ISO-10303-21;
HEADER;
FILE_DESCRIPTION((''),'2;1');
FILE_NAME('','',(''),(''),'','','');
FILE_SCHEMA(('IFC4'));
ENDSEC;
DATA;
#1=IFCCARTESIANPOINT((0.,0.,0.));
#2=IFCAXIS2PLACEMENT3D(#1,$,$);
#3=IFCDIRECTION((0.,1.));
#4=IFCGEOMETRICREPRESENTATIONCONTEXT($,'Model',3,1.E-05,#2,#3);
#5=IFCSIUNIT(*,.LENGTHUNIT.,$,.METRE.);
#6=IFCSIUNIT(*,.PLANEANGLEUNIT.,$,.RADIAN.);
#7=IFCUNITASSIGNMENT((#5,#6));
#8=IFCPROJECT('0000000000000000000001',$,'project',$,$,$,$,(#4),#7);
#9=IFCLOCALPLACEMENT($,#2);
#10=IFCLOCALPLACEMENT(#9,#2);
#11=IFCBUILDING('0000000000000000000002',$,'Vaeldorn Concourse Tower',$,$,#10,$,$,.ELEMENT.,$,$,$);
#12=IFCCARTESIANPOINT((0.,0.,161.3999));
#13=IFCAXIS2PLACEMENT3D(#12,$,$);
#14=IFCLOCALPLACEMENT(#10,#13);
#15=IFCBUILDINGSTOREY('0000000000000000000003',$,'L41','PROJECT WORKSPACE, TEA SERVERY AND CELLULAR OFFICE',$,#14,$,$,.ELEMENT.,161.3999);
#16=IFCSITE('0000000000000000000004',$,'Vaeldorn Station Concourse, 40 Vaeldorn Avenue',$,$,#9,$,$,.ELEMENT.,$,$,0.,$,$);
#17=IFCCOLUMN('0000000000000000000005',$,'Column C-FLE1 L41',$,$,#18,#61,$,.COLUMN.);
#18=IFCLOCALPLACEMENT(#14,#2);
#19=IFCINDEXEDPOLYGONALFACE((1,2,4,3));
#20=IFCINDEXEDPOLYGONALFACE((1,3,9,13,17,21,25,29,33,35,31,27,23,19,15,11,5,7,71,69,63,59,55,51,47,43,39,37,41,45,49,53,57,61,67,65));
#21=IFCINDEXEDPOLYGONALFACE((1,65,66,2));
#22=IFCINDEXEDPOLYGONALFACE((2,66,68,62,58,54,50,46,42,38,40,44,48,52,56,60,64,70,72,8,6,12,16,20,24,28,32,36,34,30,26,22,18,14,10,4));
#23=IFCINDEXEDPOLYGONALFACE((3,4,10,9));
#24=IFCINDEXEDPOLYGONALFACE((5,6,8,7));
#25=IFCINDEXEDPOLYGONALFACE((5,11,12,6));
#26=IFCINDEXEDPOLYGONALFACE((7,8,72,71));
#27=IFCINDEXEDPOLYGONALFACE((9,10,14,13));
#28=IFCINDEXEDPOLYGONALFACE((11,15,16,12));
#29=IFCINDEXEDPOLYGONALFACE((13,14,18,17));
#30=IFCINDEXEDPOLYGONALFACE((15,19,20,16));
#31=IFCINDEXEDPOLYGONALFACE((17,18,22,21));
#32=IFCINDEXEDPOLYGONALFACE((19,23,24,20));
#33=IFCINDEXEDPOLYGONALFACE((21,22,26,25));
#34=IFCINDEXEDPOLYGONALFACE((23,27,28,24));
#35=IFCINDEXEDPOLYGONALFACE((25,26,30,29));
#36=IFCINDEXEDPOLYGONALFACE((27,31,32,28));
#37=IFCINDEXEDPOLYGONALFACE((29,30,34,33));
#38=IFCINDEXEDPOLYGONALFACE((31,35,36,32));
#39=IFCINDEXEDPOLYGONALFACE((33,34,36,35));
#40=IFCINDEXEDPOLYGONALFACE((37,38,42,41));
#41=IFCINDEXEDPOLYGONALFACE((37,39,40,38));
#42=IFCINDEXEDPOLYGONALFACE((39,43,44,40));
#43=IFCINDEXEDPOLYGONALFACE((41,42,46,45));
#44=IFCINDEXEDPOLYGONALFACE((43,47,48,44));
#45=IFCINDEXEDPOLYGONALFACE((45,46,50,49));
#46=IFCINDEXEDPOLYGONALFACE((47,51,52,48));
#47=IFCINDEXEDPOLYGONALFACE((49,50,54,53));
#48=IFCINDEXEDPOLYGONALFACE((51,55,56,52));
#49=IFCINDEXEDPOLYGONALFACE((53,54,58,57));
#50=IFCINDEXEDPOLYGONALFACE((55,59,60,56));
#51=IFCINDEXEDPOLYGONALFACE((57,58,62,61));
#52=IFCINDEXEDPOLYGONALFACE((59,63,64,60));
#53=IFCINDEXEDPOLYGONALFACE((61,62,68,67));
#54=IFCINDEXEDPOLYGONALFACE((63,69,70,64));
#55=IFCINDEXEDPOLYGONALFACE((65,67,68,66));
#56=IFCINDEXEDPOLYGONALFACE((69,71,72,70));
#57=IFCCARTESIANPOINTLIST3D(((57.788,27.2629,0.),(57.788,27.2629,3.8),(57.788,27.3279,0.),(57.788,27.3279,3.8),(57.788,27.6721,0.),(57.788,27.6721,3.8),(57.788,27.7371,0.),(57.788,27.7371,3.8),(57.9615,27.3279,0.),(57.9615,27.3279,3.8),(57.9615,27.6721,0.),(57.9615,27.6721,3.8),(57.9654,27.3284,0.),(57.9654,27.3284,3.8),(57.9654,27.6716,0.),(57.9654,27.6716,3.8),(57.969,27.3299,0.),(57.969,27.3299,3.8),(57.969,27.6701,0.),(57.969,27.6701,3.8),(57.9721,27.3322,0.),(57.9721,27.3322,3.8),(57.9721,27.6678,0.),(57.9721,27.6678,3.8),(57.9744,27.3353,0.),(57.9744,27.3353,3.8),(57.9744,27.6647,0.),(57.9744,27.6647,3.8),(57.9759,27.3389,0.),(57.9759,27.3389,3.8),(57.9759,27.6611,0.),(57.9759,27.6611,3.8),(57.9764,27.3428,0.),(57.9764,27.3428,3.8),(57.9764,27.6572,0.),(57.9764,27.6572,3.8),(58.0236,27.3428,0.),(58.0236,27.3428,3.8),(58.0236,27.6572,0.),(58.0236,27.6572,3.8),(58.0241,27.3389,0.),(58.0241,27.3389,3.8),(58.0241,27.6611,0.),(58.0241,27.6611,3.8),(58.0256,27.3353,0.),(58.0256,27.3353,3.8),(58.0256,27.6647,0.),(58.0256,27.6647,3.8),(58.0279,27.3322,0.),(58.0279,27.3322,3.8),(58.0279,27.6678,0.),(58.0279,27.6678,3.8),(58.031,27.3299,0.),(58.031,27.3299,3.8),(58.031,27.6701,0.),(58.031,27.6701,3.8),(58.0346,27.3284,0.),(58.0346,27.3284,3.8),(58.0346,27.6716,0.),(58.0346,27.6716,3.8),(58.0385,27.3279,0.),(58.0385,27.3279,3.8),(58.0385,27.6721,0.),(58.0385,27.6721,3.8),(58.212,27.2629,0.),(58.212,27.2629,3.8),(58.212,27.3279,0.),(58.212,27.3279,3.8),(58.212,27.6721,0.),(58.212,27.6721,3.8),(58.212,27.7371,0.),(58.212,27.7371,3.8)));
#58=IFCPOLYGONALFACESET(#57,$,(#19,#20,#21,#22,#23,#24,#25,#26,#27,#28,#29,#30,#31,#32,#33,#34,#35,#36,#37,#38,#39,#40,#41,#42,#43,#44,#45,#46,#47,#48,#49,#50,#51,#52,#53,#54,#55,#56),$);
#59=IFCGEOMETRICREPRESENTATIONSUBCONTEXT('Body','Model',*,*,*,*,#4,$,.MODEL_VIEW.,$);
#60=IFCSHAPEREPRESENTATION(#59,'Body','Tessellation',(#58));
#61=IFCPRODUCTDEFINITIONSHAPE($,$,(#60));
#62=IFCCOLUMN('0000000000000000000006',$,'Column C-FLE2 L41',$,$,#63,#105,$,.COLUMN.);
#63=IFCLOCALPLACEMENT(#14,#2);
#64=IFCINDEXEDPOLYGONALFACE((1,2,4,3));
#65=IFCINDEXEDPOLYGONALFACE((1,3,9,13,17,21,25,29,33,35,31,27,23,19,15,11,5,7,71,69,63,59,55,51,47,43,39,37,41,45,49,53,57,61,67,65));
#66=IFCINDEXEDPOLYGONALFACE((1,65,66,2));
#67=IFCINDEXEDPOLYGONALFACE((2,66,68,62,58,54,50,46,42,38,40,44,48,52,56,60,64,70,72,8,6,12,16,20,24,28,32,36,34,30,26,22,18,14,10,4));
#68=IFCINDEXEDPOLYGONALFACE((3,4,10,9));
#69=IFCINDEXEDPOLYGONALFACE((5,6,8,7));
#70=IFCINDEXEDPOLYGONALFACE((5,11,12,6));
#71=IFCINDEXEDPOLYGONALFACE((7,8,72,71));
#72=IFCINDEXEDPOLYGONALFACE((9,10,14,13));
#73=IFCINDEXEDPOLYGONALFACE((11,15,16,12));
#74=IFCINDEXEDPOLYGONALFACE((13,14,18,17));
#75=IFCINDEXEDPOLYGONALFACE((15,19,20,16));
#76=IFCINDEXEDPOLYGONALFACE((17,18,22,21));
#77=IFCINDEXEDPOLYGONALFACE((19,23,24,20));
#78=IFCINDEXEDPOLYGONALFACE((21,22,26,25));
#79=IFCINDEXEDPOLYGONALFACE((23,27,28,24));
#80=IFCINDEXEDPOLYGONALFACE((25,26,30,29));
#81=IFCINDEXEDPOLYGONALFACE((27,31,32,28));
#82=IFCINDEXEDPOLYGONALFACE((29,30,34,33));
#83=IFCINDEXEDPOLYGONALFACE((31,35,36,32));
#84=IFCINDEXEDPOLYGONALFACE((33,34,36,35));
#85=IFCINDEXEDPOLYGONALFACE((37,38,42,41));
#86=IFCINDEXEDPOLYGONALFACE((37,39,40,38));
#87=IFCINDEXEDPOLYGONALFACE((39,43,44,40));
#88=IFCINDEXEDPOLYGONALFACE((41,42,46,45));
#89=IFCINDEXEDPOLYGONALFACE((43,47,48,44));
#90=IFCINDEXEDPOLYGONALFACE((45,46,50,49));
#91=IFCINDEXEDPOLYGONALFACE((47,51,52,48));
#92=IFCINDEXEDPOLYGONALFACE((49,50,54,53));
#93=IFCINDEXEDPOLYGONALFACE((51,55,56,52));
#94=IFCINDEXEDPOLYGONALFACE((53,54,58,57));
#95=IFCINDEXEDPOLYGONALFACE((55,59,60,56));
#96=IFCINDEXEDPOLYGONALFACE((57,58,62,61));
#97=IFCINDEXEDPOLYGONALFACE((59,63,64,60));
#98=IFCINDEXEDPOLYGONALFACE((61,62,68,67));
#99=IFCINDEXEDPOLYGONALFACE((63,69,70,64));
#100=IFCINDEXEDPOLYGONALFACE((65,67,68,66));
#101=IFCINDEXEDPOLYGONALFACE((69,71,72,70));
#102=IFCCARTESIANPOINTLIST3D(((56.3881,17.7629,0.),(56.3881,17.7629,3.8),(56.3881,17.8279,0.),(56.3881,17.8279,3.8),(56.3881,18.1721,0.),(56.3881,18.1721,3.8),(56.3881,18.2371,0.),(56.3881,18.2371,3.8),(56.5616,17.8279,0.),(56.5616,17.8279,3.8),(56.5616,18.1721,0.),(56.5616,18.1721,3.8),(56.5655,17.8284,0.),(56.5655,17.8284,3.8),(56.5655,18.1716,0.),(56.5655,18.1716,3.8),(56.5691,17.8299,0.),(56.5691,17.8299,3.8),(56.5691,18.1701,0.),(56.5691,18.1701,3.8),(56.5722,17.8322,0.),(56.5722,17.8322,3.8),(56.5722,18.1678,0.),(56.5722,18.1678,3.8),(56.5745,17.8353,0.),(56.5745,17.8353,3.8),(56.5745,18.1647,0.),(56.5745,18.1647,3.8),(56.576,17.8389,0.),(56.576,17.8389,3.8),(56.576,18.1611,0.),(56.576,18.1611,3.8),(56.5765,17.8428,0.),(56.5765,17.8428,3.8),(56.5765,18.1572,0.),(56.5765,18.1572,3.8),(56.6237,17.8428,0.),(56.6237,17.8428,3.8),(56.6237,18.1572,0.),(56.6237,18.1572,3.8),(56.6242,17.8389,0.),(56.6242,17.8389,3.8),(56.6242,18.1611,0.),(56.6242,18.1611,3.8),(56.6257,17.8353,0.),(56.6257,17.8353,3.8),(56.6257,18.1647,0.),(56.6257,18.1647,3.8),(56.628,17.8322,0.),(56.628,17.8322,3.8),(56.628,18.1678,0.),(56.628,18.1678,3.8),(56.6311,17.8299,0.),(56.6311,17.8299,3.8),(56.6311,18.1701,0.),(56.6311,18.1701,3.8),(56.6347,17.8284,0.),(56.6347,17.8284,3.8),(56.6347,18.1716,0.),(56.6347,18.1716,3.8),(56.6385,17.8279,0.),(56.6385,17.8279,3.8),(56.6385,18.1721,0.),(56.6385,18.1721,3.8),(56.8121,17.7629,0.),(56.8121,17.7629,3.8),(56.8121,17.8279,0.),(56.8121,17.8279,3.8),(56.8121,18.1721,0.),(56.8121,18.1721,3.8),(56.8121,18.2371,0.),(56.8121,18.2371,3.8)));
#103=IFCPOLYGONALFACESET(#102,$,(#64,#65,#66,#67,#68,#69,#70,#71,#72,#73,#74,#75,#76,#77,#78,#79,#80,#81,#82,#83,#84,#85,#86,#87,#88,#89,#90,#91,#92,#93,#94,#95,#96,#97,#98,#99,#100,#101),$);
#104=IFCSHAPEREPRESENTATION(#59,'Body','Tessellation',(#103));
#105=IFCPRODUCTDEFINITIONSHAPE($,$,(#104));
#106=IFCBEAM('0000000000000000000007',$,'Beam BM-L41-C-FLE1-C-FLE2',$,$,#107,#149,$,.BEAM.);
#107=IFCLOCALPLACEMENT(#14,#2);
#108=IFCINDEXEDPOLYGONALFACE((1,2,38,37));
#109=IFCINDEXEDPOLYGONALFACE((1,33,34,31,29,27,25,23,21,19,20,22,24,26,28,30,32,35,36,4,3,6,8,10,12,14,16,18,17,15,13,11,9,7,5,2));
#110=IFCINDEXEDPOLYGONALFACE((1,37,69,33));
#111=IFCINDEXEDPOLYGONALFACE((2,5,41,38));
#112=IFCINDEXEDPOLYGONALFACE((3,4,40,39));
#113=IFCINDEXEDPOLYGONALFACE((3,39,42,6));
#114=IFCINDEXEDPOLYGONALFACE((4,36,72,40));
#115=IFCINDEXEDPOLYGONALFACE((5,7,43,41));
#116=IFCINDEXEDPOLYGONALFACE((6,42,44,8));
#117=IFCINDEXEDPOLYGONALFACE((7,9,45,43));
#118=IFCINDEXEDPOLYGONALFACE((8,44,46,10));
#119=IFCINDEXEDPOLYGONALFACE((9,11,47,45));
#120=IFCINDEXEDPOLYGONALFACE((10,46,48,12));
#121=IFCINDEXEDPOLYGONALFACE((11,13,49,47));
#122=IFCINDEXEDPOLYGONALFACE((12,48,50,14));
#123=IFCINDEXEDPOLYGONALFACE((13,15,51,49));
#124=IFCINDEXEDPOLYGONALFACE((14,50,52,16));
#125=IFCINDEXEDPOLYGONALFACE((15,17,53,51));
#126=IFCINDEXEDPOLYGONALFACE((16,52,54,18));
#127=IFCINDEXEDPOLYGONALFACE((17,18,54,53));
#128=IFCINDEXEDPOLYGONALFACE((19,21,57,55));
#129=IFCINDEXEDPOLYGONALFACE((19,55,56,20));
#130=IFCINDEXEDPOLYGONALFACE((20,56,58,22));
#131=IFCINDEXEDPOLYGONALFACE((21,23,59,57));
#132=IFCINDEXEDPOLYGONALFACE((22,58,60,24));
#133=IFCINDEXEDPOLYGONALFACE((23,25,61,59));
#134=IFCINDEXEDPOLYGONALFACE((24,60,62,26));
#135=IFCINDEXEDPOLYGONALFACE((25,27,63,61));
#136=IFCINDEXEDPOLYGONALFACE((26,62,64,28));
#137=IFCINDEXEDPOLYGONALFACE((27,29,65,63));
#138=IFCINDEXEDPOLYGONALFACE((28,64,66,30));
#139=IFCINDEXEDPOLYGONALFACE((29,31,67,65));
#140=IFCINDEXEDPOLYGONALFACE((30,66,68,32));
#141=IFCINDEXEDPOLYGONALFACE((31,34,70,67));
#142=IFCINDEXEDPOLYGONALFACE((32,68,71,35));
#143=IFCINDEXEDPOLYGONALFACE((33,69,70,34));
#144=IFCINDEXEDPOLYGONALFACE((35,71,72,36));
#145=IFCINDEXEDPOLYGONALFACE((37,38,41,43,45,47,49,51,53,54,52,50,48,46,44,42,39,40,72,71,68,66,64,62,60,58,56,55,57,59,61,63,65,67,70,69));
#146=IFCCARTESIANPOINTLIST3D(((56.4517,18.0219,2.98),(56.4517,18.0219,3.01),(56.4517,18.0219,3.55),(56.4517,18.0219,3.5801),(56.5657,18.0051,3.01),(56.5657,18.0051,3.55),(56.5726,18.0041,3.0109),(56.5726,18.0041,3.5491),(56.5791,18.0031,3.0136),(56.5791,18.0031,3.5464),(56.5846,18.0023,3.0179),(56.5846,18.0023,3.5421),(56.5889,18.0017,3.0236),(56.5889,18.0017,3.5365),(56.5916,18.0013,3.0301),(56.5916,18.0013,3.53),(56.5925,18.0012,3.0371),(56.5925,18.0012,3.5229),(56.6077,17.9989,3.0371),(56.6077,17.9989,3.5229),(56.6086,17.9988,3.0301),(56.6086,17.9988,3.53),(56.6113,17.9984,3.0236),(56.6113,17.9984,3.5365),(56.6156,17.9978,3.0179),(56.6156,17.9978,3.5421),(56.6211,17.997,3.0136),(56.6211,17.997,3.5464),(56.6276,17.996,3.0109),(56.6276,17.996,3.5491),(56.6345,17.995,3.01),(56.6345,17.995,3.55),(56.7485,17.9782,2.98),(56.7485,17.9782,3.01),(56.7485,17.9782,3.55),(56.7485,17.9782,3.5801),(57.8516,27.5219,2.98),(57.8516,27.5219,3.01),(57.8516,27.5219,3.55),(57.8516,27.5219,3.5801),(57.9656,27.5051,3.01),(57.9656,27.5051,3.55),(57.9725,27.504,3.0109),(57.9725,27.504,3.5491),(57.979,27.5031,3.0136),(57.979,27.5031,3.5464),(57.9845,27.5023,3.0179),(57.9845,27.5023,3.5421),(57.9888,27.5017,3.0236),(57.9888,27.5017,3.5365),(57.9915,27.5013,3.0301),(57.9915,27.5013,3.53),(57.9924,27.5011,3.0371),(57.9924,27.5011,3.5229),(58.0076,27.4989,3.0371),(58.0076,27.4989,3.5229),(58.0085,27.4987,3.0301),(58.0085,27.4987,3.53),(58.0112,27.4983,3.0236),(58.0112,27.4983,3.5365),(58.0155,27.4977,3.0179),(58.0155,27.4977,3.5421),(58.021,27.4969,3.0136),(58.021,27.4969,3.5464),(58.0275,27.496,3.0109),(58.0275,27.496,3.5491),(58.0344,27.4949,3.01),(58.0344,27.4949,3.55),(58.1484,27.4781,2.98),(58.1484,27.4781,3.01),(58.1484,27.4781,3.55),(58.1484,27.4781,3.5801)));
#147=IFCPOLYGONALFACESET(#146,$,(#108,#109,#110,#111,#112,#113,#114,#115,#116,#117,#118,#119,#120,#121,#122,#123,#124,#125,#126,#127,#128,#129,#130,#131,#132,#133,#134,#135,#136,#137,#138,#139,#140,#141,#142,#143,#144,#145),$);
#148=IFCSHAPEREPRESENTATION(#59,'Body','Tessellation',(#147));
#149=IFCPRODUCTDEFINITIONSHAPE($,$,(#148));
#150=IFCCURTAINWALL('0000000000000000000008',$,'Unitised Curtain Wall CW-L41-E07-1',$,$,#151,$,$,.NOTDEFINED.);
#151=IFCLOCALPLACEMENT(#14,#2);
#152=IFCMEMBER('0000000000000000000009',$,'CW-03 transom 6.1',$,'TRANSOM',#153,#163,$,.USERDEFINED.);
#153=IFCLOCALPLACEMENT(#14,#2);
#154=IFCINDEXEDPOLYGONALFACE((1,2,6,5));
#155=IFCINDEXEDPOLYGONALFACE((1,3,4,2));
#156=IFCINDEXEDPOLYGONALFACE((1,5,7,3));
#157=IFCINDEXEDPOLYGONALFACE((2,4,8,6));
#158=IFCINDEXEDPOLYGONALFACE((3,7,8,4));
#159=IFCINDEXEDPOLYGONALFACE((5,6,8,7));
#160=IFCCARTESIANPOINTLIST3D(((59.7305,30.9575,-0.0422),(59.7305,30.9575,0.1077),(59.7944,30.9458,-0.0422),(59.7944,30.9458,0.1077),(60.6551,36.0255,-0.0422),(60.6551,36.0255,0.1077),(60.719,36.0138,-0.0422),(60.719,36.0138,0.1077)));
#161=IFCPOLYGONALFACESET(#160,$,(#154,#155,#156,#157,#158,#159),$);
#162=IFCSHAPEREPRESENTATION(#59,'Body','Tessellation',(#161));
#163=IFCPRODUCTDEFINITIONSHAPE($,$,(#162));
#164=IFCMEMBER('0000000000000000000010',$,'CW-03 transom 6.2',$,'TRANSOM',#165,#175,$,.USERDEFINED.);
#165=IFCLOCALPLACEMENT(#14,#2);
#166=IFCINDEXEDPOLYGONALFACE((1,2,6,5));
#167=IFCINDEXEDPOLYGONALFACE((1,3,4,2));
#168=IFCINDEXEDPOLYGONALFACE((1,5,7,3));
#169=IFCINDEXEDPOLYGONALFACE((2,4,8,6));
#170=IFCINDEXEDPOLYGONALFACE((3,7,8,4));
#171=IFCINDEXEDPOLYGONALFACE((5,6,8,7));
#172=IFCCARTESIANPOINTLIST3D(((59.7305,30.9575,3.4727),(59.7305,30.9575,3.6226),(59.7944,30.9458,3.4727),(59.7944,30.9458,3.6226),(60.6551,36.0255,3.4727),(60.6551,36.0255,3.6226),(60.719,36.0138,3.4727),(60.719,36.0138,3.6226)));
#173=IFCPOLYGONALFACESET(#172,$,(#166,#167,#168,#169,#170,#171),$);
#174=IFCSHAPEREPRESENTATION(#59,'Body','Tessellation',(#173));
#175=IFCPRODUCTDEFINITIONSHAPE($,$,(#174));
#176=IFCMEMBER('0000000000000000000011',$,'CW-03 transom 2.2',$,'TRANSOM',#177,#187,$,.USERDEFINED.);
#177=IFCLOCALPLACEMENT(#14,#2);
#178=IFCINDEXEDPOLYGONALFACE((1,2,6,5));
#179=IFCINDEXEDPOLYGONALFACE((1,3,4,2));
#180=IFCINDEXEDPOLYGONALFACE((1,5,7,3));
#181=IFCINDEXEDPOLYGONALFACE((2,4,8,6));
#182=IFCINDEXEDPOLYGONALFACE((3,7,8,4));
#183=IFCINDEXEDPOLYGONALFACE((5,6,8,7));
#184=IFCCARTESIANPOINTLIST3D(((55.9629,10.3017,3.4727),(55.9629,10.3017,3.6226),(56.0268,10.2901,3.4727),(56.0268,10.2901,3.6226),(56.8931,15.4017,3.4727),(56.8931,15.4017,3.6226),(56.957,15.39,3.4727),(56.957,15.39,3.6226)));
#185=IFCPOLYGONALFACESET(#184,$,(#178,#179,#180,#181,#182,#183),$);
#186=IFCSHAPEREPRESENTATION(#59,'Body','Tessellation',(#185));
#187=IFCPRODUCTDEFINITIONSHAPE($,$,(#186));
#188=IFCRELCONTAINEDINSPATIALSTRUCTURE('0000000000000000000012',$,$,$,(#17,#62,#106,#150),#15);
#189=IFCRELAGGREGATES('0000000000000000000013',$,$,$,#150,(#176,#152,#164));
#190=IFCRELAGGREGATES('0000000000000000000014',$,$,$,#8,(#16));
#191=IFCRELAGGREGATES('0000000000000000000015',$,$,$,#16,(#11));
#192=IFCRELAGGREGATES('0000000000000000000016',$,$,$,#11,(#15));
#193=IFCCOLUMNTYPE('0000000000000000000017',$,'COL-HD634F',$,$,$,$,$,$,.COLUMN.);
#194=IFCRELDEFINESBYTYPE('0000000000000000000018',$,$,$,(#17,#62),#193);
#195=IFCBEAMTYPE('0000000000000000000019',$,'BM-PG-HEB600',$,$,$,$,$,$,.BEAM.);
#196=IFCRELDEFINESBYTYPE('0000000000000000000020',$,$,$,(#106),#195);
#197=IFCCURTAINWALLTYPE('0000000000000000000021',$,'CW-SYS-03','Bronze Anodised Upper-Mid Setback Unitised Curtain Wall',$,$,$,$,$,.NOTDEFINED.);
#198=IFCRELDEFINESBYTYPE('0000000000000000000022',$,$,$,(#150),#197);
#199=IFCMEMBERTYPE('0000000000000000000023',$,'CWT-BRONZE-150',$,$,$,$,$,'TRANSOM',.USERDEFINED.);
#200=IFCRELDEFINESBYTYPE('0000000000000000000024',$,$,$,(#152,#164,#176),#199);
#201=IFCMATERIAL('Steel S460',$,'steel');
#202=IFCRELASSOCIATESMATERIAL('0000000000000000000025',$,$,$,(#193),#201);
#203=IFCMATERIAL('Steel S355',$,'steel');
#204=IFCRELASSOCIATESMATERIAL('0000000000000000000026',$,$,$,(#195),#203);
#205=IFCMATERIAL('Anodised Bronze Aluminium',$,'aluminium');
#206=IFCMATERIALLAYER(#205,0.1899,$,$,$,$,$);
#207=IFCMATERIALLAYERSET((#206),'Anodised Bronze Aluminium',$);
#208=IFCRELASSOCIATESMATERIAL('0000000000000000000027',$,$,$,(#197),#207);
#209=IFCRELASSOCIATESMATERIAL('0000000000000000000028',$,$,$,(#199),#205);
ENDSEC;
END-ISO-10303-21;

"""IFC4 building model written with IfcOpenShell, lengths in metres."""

from ifc_helpers import new_model, si_unit, direction, frame, origin, origin_2d, place, context, subcontext, project, spatial, rectangle, i_section, extrude, source, transform, mapped, material, layer, layer_set, material_profile, profile_set, type_object, element, aggregate, save


model = new_model("IFC4")

# Units and contexts
model_context = context("Model", 3, precision=1e-05, world=origin(), true_north=direction((0.0, 1.0)))
body_context = subcontext(model_context, "Body", "Model", "MODEL_VIEW")
ifc_project = project(units=[si_unit("LENGTHUNIT", "METRE"), si_unit("PLANEANGLEUNIT", "RADIAN")], contexts=[model_context])

# Site, building, storey
site_placement = place(None, origin())
site = spatial("IfcSite", under=ifc_project, at=site_placement, Name="Vaeldorn Station Concourse, 40 Vaeldorn Avenue", CompositionType="ELEMENT", RefElevation=0.0)
building_placement = place(site_placement, origin())
building = spatial("IfcBuilding", under=site, at=building_placement, Name="Vaeldorn Concourse Tower", CompositionType="ELEMENT")
storey_placement = place(building_placement, frame((0.0, 0.0, 161.3999)))
storey = spatial("IfcBuildingStorey", under=building, at=storey_placement, Name="L41", Description="PROJECT WORKSPACE, TEA SERVERY AND CELLULAR OFFICE", CompositionType="ELEMENT", Elevation=161.3999)

# Columns
ifc_material_1 = material(Name="Steel S460", Category="steel")
ifc_material_profile_1 = material_profile(ifc_material_1, i_section(OverallWidth=0.4241, OverallDepth=0.4741, WebThickness=0.0471, FlangeThickness=0.0649, FilletRadius=0.0149, at=origin_2d()), Name="HD 400x634")
ifc_profile_set_1 = profile_set([ifc_material_profile_1], Name="Steel S460")
column_type = type_object("IfcColumnType", Name="COL-HD634F", PredefinedType="COLUMN", material=ifc_profile_set_1)
shared_shape_1 = source(origin(), body_context, "Body", "SweptSolid", [
    extrude(i_section(OverallWidth=0.4241, OverallDepth=0.4741, WebThickness=0.0471, FlangeThickness=0.0649, FilletRadius=0.0149, at=origin_2d()), origin(), (0.0, 0.0, 1.0), 3.8),
])
for number, where, z_axis, x_axis, name in (
    (1, (58.0, 27.5, 0.0), (0.0, 0.0, 1.0), (1.0, 0.0, 0.0), "Column C-FLE1 L41"),
    (2, (56.6001, 18.0, 0.0), (0.0, 0.0, 1.0), (1.0, 0.0, 0.0), "Column C-FLE2 L41"),
):
    element("IfcColumn", number, at=place(storey_placement, frame(where, z_axis=z_axis, x_axis=x_axis)), inside=storey, type_object=column_type, Name=name, PredefinedType="COLUMN", context=body_context, shape_type="MappedRepresentation", body=[
        mapped(shared_shape_1, transform((0.0, 0.0, 0.0), scale=1.0)),
    ])

# Beam
ifc_material_2 = material(Name="Steel S355", Category="steel")
ifc_material_profile_2 = material_profile(ifc_material_2, i_section(OverallWidth=0.3, OverallDepth=0.6001, WebThickness=0.0154, FlangeThickness=0.03, FilletRadius=0.0271, at=origin_2d()), Name="HEB 600")
ifc_profile_set_2 = profile_set([ifc_material_profile_2], Name="Steel S355")
beam_type = type_object("IfcBeamType", Name="BM-PG-HEB600", PredefinedType="BEAM", material=ifc_profile_set_2)
shared_shape_2 = source(origin(), body_context, "Body", "SweptSolid", [
    extrude(i_section(OverallWidth=0.3, OverallDepth=0.6001, WebThickness=0.0154, FlangeThickness=0.03, FilletRadius=0.0271, at=origin_2d()), origin(), (0.0, 0.0, 1.0), 9.6025),
])
beam_placement = place(storey_placement, frame((58.0, 27.5, 3.28), z_axis=(-0.145784, -0.989316, 0.0), x_axis=(0.989316, -0.145784, 0.0)))
element("IfcBeam", 3, at=beam_placement, inside=storey, type_object=beam_type, Name="Beam BM-L41-C-FLE1-C-FLE2", PredefinedType="BEAM", context=body_context, shape_type="MappedRepresentation", body=[
    mapped(shared_shape_2, transform((0.0, 0.0, 0.0), scale=1.0)),
])

# Curtain wall, members
ifc_material_3 = material(Name="Anodised Bronze Aluminium", Category="aluminium")
ifc_layer_1 = layer(ifc_material_3, 0.1899)
ifc_layer_set_1 = layer_set([ifc_layer_1], Name="Anodised Bronze Aluminium")
curtain_wall_type = type_object("IfcCurtainWallType", Name="CW-SYS-03", Description="Bronze Anodised Upper-Mid Setback Unitised Curtain Wall", PredefinedType="NOTDEFINED", material=ifc_layer_set_1)
curtain_wall_placement = place(storey_placement, origin())
curtain_wall = element("IfcCurtainWall", 4, at=curtain_wall_placement, inside=storey, type_object=curtain_wall_type, Name="Unitised Curtain Wall CW-L41-E07-1", PredefinedType="NOTDEFINED")
ifc_material_profile_3 = material_profile(ifc_material_3, rectangle(XDim=0.0649, YDim=0.1499, at=origin_2d()), Name="CWT 65x150")
ifc_profile_set_3 = profile_set([ifc_material_profile_3], Name="Anodised Bronze Aluminium")
member_type_1 = type_object("IfcMemberType", Name="CWT-BRONZE-150", ElementType="TRANSOM", PredefinedType="USERDEFINED", material=ifc_profile_set_3)
shared_shape_3 = source(origin(), body_context, "Body", "SweptSolid", [
    extrude(rectangle(XDim=0.0649, YDim=0.1499, at=origin_2d()), origin(), (0.0, 0.0, 1.0), 5.1516),
])
member_1_placement = place(storey_placement, frame((59.7625, 30.9517, 0.0327), z_axis=(0.179473, 0.983763, 0.0), x_axis=(-0.983763, 0.179473, 0.0)))
member_1 = element("IfcMember", 5, at=member_1_placement, type_object=member_type_1, Name="CW-03 transom 6.1", ObjectType="TRANSOM", PredefinedType="USERDEFINED", context=body_context, shape_type="MappedRepresentation", body=[
    mapped(shared_shape_3, transform((0.0, 0.0, 0.0), scale=1.0)),
])
member_2_placement = place(storey_placement, frame((59.7625, 30.9517, 3.5476), z_axis=(0.179473, 0.983763, 0.0), x_axis=(-0.983763, 0.179473, 0.0)))
member_2 = element("IfcMember", 6, at=member_2_placement, type_object=member_type_1, Name="CW-03 transom 6.2", ObjectType="TRANSOM", PredefinedType="USERDEFINED", context=body_context, shape_type="MappedRepresentation", body=[
    mapped(shared_shape_3, transform((0.0, 0.0, 0.0), scale=1.0)),
])
shared_shape_4 = source(origin(), body_context, "Body", "SweptSolid", [
    extrude(rectangle(XDim=0.0649, YDim=0.1499, at=origin_2d()), origin(), (0.0, 0.0, 1.0), 5.1841),
])
member_3_placement = place(storey_placement, frame((55.9949, 10.2959, 3.5476), z_axis=(0.179432, 0.98377, 0.0), x_axis=(-0.98377, 0.179432, 0.0)))
member_3 = element("IfcMember", 7, at=member_3_placement, type_object=member_type_1, Name="CW-03 transom 2.2", ObjectType="TRANSOM", PredefinedType="USERDEFINED", context=body_context, shape_type="MappedRepresentation", body=[
    mapped(shared_shape_4, transform((0.0, 0.0, 0.0), scale=1.0)),
])
aggregate(curtain_wall, [member_3, member_1, member_2])

save(model, "model.ifc")
